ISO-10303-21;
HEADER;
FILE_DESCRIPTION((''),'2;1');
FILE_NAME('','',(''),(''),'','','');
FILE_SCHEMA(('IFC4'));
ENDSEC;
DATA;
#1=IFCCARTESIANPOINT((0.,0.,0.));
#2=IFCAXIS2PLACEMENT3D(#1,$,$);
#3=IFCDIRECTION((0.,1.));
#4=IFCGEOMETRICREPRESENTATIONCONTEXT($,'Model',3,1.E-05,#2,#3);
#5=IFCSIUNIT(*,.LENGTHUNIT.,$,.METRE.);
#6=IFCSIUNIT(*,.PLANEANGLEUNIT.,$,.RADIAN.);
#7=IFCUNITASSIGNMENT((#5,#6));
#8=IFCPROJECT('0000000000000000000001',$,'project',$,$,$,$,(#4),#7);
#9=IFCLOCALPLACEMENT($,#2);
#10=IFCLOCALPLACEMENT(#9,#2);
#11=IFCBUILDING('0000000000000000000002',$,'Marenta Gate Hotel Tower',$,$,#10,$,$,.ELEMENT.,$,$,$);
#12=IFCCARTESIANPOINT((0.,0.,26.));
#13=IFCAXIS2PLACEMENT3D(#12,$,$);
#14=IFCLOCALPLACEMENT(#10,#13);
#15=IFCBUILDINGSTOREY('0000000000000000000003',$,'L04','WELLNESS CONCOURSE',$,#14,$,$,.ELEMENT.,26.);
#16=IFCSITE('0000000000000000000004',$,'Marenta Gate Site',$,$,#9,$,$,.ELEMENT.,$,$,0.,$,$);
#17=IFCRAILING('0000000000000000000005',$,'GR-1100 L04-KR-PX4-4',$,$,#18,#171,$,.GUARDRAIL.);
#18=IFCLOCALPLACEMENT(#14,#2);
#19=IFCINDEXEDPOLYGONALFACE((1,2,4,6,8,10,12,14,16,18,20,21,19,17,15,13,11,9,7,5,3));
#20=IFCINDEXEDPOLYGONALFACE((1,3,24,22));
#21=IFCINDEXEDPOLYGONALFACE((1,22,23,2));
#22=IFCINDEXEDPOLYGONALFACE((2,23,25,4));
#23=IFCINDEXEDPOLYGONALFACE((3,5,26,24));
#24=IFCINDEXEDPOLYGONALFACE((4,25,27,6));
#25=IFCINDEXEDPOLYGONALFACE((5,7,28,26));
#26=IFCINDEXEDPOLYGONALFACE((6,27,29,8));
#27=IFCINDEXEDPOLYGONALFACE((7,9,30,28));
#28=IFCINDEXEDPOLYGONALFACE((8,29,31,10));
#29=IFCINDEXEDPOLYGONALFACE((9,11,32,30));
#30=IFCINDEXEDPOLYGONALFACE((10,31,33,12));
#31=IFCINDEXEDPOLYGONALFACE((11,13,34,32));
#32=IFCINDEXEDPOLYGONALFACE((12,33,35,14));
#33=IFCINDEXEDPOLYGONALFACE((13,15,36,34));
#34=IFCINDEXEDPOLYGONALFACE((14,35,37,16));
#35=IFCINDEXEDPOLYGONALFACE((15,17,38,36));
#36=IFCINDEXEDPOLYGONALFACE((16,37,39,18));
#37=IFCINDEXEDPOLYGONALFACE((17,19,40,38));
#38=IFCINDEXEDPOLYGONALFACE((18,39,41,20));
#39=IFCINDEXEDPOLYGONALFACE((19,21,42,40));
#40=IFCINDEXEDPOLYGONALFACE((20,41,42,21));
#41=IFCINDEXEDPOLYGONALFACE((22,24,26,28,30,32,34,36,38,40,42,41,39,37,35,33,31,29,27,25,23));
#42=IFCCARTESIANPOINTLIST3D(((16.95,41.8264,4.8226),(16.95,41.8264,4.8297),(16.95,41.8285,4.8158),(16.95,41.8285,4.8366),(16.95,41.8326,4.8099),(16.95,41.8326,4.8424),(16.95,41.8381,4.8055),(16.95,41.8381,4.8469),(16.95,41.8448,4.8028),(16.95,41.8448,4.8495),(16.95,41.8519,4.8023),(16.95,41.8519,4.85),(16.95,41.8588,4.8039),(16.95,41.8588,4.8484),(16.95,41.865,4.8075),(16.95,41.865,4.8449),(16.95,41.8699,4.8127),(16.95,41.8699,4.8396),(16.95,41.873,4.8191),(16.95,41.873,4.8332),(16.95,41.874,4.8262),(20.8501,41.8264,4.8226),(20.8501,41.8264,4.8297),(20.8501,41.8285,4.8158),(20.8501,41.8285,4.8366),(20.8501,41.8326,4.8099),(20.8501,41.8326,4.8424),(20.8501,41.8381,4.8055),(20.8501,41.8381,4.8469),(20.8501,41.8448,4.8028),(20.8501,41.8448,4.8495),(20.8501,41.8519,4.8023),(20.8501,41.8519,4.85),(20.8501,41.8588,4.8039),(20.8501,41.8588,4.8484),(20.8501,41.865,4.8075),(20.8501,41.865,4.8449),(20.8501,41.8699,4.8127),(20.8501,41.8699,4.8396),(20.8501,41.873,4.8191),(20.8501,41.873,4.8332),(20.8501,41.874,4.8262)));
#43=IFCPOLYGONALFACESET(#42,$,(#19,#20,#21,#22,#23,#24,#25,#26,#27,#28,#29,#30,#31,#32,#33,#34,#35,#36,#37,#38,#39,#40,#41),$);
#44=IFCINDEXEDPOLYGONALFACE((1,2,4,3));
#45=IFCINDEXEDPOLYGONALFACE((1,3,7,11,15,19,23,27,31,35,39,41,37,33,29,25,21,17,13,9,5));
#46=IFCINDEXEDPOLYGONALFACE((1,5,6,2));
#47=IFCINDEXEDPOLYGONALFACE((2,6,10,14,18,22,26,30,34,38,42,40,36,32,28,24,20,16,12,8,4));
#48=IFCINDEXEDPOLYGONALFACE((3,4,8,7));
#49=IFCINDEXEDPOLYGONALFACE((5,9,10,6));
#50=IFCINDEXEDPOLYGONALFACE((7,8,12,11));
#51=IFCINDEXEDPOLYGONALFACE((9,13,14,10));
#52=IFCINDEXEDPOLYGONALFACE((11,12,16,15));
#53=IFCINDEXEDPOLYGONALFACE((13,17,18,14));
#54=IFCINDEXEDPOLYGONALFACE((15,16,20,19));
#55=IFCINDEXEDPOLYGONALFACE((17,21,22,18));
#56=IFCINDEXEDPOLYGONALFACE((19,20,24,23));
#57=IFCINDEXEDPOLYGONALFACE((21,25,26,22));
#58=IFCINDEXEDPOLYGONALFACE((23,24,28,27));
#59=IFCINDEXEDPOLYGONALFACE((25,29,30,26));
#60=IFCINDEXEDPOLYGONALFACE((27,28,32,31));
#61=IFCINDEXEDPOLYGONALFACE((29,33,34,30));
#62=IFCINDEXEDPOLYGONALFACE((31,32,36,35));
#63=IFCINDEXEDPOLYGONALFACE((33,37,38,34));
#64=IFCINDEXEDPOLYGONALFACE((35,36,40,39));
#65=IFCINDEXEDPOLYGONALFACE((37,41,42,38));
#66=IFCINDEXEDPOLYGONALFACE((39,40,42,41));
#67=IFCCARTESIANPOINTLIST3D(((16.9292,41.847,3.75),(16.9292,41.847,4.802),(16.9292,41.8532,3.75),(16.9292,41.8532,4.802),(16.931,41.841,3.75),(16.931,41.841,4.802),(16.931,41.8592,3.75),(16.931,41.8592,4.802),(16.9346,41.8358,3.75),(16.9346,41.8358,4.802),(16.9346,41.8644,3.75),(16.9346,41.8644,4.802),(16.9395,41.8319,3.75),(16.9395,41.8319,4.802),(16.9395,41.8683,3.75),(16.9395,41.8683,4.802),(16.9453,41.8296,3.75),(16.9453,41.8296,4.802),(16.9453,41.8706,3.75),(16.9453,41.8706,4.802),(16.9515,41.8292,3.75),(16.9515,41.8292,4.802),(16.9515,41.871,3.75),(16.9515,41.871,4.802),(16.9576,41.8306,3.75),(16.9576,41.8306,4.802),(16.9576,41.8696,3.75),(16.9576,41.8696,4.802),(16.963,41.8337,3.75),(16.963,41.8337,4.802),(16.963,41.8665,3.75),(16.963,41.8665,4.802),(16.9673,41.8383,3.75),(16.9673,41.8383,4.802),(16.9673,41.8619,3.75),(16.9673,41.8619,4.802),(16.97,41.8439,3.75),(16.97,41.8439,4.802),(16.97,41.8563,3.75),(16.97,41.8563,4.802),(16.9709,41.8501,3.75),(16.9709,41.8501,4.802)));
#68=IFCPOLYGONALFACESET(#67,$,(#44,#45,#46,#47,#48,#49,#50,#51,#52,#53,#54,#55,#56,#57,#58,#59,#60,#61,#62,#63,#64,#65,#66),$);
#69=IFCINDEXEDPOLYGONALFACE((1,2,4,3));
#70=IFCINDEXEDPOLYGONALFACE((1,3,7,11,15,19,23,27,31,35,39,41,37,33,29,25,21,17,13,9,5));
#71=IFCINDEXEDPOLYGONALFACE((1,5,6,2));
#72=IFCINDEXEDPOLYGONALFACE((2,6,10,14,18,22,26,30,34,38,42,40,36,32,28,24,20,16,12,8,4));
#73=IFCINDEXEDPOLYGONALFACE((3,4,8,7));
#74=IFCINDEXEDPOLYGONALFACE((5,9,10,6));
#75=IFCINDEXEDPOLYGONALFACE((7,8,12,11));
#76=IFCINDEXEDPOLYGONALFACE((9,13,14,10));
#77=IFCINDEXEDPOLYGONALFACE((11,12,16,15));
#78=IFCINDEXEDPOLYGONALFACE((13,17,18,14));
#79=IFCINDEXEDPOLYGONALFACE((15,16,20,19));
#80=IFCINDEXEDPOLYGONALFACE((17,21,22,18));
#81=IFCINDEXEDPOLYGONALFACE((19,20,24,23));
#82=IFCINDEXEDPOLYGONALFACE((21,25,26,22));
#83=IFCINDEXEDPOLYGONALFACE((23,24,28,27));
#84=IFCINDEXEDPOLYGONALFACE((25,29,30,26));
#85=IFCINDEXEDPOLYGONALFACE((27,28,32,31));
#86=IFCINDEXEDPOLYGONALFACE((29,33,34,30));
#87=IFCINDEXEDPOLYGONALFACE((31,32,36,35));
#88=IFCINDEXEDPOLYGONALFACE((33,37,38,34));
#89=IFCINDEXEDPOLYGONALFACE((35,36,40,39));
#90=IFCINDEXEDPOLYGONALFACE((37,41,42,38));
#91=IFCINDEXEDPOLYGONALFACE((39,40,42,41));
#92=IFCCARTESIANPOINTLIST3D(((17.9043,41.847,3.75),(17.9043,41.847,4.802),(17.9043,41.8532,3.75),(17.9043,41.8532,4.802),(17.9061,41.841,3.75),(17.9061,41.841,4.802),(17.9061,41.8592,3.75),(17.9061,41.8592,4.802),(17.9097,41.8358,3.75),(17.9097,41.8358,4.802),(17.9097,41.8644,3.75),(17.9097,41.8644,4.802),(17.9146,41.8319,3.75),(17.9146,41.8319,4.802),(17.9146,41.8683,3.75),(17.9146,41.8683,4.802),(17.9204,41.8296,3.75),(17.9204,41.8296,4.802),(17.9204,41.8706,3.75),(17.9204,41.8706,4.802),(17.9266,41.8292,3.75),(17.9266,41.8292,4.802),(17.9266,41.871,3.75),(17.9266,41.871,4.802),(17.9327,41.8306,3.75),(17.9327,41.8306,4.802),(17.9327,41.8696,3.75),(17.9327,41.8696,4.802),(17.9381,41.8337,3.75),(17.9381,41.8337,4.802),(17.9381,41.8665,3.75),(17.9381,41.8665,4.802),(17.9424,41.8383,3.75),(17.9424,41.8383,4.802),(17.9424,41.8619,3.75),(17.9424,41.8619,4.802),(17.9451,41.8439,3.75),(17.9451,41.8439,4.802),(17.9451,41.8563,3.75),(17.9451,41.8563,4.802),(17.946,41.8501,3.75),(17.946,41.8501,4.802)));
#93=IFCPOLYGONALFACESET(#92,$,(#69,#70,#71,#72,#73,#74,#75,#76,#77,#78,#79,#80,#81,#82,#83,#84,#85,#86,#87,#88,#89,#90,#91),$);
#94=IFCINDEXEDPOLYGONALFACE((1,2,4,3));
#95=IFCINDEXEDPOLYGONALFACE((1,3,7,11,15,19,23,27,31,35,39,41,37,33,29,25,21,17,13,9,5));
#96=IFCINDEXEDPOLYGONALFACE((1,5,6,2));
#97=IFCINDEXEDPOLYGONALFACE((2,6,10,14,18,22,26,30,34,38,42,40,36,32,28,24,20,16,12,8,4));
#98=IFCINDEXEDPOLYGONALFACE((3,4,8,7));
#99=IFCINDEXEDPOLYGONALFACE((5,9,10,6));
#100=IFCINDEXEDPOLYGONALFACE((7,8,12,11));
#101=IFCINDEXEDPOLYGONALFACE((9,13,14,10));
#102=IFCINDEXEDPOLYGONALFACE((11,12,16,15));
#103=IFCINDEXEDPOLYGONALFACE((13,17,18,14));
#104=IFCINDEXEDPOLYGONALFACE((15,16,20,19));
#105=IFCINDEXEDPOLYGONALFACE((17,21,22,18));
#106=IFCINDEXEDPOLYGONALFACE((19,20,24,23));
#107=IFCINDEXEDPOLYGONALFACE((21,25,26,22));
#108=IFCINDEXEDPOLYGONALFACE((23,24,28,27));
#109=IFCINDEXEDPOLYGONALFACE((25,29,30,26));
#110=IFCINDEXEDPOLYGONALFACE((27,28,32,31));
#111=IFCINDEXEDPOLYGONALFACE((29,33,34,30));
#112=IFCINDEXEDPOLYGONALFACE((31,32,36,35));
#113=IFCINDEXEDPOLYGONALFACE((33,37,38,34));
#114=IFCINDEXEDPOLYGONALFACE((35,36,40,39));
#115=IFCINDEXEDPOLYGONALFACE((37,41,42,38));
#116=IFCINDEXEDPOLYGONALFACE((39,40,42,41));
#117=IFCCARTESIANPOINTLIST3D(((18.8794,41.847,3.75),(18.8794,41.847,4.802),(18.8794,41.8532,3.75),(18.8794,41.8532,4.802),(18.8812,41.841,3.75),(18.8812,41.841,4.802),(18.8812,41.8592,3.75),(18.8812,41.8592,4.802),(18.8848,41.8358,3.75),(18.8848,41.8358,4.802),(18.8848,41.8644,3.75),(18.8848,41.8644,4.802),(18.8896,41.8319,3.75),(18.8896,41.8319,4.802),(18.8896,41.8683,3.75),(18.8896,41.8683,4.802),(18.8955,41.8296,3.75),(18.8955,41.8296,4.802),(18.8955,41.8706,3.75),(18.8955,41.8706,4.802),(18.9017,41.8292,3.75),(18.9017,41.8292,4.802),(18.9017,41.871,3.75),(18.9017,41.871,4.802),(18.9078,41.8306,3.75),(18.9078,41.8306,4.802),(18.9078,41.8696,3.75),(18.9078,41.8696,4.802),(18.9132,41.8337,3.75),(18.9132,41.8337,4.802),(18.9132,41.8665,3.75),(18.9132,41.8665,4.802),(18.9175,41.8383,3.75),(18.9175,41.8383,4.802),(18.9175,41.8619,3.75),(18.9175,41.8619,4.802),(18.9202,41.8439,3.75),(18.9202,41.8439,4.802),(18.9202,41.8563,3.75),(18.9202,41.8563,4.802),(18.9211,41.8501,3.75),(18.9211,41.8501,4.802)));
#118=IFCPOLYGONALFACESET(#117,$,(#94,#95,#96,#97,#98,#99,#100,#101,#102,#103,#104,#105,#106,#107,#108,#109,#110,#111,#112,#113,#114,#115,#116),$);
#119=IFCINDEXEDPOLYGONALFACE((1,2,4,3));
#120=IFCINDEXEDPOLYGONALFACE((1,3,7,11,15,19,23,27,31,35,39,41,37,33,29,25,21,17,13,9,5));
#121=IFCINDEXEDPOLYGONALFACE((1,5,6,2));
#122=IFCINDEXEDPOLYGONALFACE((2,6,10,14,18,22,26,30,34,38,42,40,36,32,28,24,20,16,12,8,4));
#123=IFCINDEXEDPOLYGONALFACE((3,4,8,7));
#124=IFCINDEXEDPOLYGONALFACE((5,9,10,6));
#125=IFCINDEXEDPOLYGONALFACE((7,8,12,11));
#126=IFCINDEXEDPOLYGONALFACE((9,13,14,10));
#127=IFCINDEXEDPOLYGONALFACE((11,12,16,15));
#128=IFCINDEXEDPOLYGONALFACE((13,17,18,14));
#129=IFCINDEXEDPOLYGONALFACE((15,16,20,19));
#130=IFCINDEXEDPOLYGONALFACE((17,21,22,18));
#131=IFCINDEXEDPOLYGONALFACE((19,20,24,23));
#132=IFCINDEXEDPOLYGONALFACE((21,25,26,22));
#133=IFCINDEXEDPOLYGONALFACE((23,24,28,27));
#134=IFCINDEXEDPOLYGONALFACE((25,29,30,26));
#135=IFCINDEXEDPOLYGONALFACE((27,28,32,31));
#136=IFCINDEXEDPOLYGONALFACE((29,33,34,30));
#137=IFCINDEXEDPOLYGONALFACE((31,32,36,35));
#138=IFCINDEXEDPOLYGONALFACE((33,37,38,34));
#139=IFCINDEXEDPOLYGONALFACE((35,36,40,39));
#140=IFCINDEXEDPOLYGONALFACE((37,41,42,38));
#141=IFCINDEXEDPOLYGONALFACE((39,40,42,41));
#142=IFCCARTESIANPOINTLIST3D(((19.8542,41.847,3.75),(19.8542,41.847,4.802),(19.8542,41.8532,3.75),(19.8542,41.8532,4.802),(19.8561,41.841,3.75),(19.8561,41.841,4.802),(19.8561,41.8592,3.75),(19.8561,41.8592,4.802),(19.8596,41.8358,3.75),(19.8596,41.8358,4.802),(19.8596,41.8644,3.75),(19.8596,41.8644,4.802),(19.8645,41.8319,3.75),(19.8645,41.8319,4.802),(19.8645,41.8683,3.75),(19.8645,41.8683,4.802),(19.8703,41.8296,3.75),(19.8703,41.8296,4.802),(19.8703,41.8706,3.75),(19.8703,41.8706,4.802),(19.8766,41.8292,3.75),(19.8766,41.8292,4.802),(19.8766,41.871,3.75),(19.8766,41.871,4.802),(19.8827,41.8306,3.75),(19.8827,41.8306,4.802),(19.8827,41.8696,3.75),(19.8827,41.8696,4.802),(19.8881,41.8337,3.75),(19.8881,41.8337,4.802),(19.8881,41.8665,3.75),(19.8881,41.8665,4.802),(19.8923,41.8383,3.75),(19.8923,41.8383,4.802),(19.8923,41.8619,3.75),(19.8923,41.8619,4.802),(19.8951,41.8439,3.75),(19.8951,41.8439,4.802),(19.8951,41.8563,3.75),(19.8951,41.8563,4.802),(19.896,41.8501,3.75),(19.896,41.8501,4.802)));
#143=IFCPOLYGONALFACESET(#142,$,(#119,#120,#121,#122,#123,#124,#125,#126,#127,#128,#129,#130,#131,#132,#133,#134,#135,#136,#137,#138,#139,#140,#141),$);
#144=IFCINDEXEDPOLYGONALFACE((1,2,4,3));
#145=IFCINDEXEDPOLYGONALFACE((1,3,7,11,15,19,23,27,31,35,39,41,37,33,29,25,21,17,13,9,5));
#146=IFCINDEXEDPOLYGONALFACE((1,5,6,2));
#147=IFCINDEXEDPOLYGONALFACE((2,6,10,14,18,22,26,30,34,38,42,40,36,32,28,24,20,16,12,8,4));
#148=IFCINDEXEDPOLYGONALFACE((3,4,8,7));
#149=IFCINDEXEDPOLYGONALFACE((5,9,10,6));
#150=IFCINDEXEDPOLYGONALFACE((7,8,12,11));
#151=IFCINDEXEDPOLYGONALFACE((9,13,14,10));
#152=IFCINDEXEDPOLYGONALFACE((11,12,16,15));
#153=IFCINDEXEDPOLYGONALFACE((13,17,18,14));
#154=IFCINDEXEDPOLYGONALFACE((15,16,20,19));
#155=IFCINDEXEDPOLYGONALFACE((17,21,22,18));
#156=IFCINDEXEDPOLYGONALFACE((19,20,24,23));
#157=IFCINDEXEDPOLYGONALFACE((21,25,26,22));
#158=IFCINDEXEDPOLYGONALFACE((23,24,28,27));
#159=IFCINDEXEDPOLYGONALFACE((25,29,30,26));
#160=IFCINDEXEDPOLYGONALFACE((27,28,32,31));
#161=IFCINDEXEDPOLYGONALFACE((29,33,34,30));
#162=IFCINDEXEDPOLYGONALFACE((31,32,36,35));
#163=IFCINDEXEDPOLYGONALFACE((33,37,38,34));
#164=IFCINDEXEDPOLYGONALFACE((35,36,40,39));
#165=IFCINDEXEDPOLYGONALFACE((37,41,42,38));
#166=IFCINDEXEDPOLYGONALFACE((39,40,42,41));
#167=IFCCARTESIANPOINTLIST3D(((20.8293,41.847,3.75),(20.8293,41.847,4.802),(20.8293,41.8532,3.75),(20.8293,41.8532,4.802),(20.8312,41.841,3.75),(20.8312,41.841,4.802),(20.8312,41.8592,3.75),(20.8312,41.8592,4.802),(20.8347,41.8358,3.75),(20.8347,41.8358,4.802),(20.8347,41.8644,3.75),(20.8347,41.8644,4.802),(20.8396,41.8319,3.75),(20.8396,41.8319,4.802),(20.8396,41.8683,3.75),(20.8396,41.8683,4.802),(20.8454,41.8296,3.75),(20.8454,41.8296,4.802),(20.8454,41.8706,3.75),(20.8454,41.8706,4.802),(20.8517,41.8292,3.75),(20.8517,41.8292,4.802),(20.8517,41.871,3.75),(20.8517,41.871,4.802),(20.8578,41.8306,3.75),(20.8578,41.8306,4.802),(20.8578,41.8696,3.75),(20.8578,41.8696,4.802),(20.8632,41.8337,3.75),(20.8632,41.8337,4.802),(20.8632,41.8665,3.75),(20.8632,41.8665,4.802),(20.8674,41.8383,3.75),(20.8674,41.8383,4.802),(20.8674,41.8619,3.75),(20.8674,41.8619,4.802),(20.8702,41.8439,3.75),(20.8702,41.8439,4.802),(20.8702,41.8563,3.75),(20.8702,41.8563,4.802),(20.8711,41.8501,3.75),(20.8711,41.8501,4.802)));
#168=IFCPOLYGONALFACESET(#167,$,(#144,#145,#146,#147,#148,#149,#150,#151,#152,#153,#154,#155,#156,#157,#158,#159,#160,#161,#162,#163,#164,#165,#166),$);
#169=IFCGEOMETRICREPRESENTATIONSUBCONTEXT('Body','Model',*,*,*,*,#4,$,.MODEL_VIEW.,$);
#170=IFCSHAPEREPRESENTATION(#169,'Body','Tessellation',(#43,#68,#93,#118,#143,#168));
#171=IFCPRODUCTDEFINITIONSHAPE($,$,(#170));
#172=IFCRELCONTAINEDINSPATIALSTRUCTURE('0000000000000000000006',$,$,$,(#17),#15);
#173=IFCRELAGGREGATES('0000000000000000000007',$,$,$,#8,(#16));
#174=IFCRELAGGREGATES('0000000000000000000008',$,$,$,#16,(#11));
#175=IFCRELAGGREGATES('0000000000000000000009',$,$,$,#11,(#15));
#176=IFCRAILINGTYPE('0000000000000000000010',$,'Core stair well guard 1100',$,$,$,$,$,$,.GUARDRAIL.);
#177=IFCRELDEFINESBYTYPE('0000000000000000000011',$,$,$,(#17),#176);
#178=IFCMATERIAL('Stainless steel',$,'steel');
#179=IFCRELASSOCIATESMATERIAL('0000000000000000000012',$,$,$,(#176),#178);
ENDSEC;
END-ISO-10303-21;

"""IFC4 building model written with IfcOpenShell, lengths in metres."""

from ifc_helpers import new_model, si_unit, direction, frame, origin, origin_2d, place, context, subcontext, project, spatial, circle, extrude, material, type_object, element, save


model = new_model("IFC4")

# Units and contexts
model_context = context("Model", 3, precision=1e-05, world=origin(), true_north=direction((0.0, 1.0)))
body_context = subcontext(model_context, "Body", "Model", "MODEL_VIEW")
ifc_project = project(units=[si_unit("LENGTHUNIT", "METRE"), si_unit("PLANEANGLEUNIT", "RADIAN")], contexts=[model_context])

# Site, building, storey
site_placement = place(None, origin())
site = spatial("IfcSite", under=ifc_project, at=site_placement, Name="Marenta Gate Site", CompositionType="ELEMENT", RefElevation=0.0)
building_placement = place(site_placement, origin())
building = spatial("IfcBuilding", under=site, at=building_placement, Name="Marenta Gate Hotel Tower", CompositionType="ELEMENT")
storey_placement = place(building_placement, frame((0.0, 0.0, 26.0)))
storey = spatial("IfcBuildingStorey", under=building, at=storey_placement, Name="L04", Description="WELLNESS CONCOURSE", CompositionType="ELEMENT", Elevation=26.0)

# Railing
ifc_material_1 = material(Name="Stainless steel", Category="steel")
railing_type_1 = type_object("IfcRailingType", Name="Core stair well guard 1100", PredefinedType="GUARDRAIL", material=ifc_material_1)
railing_1_placement = place(storey_placement, frame((16.95, 41.8501, 3.75)))
element("IfcRailing", 1, at=railing_1_placement, inside=storey, type_object=railing_type_1, Name="GR-1100 L04-KR-PX4-4", PredefinedType="GUARDRAIL", context=body_context, shape_type="SweptSolid", body=[
    extrude(circle(Radius=0.0239, at=origin_2d()), frame((0.0, 0.0, 1.0762), z_axis=(1.0, 0.0, 0.0), x_axis=(0.0, 1.0, 0.0)), (0.0, 0.0, 1.0), 3.9001),
    extrude(circle(Radius=0.021, at=origin_2d()), origin(), (0.0, 0.0, 1.0), 1.052),
    extrude(circle(Radius=0.021, at=origin_2d()), frame((0.9751, 0.0, 0.0)), (0.0, 0.0, 1.0), 1.052),
    extrude(circle(Radius=0.021, at=origin_2d()), frame((1.9502, 0.0, 0.0)), (0.0, 0.0, 1.0), 1.052),
    extrude(circle(Radius=0.021, at=origin_2d()), frame((2.925, 0.0, 0.0)), (0.0, 0.0, 1.0), 1.052),
    extrude(circle(Radius=0.021, at=origin_2d()), frame((3.9001, 0.0, 0.0)), (0.0, 0.0, 1.0), 1.052),
])

save(model, "model.ifc")
